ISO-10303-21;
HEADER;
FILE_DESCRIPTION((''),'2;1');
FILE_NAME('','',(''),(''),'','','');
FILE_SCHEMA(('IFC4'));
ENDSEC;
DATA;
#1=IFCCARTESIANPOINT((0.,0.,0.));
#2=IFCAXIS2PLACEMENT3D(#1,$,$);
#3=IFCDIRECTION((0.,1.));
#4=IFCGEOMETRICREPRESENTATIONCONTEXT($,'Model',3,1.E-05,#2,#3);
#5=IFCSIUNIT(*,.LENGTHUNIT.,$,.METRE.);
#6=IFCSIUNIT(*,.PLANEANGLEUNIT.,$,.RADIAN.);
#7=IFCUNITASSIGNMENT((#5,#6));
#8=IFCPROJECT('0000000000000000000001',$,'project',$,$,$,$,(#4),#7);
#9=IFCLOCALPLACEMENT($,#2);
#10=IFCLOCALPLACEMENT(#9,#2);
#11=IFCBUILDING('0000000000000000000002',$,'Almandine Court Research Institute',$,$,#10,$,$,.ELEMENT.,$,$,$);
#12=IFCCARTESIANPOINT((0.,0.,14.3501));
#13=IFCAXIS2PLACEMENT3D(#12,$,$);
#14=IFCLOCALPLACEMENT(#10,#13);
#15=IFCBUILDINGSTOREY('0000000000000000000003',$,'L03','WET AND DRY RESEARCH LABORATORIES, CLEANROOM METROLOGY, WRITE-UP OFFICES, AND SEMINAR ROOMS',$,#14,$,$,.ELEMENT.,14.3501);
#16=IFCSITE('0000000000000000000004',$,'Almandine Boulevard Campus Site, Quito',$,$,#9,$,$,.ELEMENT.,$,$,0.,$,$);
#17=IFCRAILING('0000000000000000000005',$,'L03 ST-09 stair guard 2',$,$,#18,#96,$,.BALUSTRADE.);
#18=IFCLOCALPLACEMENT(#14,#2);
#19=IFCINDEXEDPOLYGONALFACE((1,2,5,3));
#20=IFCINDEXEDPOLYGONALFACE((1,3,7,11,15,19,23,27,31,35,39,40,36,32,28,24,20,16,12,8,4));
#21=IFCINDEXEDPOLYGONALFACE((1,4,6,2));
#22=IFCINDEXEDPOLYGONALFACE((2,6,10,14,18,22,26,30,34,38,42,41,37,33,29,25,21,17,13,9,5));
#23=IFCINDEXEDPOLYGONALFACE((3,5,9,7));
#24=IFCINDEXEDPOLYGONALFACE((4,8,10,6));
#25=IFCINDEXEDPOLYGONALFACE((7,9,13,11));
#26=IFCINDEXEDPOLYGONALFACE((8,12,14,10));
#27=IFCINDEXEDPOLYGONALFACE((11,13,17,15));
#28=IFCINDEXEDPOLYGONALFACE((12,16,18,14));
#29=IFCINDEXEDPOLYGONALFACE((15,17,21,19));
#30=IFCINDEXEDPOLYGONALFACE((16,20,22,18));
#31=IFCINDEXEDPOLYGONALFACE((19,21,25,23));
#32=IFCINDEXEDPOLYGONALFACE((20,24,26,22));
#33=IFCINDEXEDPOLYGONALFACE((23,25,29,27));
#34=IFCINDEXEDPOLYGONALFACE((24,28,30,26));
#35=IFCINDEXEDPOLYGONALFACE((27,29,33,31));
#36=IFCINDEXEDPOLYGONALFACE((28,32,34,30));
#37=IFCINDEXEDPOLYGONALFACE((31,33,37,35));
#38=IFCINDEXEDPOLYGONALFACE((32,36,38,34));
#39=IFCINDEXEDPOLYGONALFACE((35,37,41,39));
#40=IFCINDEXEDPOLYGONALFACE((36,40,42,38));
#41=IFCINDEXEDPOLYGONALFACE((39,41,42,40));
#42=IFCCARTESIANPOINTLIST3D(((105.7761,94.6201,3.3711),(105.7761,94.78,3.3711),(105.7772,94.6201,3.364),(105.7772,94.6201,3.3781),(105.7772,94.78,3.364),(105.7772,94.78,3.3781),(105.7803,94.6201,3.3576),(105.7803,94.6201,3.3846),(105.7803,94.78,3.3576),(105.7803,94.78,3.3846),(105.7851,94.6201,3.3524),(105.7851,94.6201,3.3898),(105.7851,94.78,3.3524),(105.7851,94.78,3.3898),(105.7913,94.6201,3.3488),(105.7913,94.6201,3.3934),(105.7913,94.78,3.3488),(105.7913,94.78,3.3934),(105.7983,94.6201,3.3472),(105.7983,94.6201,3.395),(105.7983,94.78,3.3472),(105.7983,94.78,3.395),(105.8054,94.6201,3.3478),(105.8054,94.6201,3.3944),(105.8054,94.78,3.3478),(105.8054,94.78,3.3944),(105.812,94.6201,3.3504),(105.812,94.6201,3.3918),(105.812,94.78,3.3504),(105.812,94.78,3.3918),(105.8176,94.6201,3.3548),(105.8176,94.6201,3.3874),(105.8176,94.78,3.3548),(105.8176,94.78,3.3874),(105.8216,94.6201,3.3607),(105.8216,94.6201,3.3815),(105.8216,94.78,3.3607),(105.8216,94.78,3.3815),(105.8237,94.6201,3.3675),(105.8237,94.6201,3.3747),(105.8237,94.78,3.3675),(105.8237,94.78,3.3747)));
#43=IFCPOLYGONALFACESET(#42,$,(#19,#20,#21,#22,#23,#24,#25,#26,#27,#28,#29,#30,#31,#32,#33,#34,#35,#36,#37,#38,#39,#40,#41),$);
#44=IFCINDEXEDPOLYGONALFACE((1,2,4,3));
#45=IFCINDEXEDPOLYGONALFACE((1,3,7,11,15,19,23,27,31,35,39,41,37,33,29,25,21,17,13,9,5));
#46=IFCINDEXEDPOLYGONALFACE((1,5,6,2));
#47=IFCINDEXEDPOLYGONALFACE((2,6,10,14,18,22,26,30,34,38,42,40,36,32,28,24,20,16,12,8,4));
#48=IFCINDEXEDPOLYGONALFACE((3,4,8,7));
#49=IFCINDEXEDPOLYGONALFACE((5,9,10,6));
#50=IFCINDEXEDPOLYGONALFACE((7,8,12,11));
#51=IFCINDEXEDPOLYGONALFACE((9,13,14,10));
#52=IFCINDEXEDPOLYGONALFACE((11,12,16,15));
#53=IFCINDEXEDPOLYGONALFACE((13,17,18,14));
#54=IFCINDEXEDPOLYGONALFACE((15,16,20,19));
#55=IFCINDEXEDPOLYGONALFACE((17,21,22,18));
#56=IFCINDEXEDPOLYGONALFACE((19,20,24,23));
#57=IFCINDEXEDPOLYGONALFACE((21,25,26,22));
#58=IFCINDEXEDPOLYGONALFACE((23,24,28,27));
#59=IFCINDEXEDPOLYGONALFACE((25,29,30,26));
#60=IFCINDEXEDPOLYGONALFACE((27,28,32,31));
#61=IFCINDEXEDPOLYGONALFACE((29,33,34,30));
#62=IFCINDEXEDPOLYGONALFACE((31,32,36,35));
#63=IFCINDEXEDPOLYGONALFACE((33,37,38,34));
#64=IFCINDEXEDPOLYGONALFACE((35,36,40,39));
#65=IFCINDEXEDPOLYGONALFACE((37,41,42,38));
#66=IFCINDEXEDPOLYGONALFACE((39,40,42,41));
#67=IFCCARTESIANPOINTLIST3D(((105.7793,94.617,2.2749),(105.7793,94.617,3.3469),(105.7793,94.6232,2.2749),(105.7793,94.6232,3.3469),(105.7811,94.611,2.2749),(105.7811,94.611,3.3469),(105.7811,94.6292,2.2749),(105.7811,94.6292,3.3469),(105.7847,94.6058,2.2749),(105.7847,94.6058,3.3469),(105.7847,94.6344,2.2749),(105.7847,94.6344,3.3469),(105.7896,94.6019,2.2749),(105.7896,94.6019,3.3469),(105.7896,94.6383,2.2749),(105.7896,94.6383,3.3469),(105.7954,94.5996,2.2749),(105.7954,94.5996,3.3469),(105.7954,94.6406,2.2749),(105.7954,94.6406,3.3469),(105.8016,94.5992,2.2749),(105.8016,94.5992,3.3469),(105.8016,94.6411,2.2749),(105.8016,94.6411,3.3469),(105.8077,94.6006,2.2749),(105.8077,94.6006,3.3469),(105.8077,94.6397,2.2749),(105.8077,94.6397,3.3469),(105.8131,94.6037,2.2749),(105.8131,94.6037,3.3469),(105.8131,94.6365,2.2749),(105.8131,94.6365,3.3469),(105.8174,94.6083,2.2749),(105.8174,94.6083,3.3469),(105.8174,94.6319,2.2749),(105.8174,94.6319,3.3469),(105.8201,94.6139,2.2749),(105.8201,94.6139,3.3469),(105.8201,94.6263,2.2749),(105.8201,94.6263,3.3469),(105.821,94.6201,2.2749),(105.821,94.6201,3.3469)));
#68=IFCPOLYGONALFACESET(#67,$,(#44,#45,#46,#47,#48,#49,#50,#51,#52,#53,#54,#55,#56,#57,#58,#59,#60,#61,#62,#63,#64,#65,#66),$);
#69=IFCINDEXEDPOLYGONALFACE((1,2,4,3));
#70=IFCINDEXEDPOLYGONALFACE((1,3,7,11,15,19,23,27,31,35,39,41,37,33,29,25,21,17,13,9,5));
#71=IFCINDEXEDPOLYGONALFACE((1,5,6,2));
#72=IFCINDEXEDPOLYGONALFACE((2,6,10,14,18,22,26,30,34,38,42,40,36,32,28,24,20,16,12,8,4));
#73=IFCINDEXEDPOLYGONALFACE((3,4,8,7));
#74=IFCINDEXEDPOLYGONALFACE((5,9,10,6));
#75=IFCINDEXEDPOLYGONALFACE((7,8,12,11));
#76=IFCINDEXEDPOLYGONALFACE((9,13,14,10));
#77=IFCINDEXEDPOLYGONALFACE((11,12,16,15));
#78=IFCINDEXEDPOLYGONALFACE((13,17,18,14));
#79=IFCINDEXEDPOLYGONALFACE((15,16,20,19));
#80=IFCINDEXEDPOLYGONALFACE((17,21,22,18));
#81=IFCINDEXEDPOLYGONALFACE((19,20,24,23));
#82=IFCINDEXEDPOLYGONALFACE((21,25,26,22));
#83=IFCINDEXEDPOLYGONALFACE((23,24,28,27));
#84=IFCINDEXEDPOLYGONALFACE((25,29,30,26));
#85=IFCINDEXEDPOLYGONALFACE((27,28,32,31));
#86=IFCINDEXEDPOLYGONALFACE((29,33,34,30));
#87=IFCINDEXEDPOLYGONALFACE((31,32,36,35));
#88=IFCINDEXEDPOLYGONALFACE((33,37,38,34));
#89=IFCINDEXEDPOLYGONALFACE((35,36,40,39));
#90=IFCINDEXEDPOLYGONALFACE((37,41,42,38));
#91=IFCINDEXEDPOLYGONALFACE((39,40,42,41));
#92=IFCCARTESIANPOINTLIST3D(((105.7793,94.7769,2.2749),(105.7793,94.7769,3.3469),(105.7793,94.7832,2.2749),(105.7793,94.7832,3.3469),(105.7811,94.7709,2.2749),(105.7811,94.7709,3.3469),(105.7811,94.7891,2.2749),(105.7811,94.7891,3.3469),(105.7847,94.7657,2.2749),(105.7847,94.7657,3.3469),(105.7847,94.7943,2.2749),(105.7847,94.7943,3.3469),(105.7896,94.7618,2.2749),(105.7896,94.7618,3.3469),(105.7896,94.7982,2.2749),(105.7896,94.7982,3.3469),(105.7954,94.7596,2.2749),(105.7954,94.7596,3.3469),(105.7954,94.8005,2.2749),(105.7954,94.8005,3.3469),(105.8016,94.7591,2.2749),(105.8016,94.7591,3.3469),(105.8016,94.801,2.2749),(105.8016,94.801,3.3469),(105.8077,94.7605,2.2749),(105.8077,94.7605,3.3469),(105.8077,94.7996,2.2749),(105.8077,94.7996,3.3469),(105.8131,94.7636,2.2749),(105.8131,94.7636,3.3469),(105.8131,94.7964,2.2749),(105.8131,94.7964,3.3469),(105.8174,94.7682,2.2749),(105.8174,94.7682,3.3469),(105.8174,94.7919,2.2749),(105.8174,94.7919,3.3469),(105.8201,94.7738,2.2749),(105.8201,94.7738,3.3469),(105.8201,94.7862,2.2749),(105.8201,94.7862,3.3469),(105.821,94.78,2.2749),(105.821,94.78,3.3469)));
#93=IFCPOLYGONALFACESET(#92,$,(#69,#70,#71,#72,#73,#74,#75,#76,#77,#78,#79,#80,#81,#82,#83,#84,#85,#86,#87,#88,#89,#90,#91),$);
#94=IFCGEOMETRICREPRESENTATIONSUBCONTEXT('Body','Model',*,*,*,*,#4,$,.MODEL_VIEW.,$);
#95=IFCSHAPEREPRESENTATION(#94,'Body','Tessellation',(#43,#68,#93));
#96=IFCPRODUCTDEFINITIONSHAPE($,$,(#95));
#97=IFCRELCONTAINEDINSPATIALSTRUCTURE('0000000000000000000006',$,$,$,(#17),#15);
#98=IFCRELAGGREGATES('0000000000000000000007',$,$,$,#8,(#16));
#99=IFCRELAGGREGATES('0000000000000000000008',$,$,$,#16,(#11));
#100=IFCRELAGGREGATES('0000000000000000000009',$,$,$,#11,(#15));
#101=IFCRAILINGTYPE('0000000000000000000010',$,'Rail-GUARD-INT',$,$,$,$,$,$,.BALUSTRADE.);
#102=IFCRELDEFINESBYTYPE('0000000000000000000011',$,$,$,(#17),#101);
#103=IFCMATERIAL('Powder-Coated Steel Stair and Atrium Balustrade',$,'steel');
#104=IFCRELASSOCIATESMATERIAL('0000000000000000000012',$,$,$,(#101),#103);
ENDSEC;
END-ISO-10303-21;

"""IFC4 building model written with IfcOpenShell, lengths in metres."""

from ifc_helpers import new_model, si_unit, direction, frame, origin, origin_2d, place, context, subcontext, project, spatial, circle, extrude, material, type_object, element, save


model = new_model("IFC4")

# Units and contexts
model_context = context("Model", 3, precision=1e-05, world=origin(), true_north=direction((0.0, 1.0)))
body_context = subcontext(model_context, "Body", "Model", "MODEL_VIEW")
ifc_project = project(units=[si_unit("LENGTHUNIT", "METRE"), si_unit("PLANEANGLEUNIT", "RADIAN")], contexts=[model_context])

# Site, building, storey
site_placement = place(None, origin())
site = spatial("IfcSite", under=ifc_project, at=site_placement, Name="Almandine Boulevard Campus Site, Quito", CompositionType="ELEMENT", RefElevation=0.0)
building_placement = place(site_placement, origin())
building = spatial("IfcBuilding", under=site, at=building_placement, Name="Almandine Court Research Institute", CompositionType="ELEMENT")
storey_placement = place(building_placement, frame((0.0, 0.0, 14.3501)))
storey = spatial("IfcBuildingStorey", under=building, at=storey_placement, Name="L03", Description="WET AND DRY RESEARCH LABORATORIES, CLEANROOM METROLOGY, WRITE-UP OFFICES, AND SEMINAR ROOMS", CompositionType="ELEMENT", Elevation=14.3501)

# Railing
ifc_material_1 = material(Name="Powder-Coated Steel Stair and Atrium Balustrade", Category="steel")
railing_type_1 = type_object("IfcRailingType", Name="Rail-GUARD-INT", PredefinedType="BALUSTRADE", material=ifc_material_1)
railing_1_placement = place(storey_placement, frame((105.8, 94.6201, 2.2749)))
element("IfcRailing", 1, at=railing_1_placement, inside=storey, type_object=railing_type_1, Name="L03 ST-09 stair guard 2", PredefinedType="BALUSTRADE", context=body_context, shape_type="SweptSolid", body=[
    extrude(circle(Radius=0.0239, at=origin_2d()), frame((0.0, 0.0, 1.0962), z_axis=(0.0, 1.0, 0.0), x_axis=(-1.0, 0.0, 0.0)), (0.0, 0.0, 1.0), 0.1599),
    extrude(circle(Radius=0.021, at=origin_2d()), origin(), (0.0, 0.0, 1.0), 1.072),
    extrude(circle(Radius=0.021, at=origin_2d()), frame((0.0, 0.1599, 0.0)), (0.0, 0.0, 1.0), 1.072),
])

save(model, "model.ifc")
